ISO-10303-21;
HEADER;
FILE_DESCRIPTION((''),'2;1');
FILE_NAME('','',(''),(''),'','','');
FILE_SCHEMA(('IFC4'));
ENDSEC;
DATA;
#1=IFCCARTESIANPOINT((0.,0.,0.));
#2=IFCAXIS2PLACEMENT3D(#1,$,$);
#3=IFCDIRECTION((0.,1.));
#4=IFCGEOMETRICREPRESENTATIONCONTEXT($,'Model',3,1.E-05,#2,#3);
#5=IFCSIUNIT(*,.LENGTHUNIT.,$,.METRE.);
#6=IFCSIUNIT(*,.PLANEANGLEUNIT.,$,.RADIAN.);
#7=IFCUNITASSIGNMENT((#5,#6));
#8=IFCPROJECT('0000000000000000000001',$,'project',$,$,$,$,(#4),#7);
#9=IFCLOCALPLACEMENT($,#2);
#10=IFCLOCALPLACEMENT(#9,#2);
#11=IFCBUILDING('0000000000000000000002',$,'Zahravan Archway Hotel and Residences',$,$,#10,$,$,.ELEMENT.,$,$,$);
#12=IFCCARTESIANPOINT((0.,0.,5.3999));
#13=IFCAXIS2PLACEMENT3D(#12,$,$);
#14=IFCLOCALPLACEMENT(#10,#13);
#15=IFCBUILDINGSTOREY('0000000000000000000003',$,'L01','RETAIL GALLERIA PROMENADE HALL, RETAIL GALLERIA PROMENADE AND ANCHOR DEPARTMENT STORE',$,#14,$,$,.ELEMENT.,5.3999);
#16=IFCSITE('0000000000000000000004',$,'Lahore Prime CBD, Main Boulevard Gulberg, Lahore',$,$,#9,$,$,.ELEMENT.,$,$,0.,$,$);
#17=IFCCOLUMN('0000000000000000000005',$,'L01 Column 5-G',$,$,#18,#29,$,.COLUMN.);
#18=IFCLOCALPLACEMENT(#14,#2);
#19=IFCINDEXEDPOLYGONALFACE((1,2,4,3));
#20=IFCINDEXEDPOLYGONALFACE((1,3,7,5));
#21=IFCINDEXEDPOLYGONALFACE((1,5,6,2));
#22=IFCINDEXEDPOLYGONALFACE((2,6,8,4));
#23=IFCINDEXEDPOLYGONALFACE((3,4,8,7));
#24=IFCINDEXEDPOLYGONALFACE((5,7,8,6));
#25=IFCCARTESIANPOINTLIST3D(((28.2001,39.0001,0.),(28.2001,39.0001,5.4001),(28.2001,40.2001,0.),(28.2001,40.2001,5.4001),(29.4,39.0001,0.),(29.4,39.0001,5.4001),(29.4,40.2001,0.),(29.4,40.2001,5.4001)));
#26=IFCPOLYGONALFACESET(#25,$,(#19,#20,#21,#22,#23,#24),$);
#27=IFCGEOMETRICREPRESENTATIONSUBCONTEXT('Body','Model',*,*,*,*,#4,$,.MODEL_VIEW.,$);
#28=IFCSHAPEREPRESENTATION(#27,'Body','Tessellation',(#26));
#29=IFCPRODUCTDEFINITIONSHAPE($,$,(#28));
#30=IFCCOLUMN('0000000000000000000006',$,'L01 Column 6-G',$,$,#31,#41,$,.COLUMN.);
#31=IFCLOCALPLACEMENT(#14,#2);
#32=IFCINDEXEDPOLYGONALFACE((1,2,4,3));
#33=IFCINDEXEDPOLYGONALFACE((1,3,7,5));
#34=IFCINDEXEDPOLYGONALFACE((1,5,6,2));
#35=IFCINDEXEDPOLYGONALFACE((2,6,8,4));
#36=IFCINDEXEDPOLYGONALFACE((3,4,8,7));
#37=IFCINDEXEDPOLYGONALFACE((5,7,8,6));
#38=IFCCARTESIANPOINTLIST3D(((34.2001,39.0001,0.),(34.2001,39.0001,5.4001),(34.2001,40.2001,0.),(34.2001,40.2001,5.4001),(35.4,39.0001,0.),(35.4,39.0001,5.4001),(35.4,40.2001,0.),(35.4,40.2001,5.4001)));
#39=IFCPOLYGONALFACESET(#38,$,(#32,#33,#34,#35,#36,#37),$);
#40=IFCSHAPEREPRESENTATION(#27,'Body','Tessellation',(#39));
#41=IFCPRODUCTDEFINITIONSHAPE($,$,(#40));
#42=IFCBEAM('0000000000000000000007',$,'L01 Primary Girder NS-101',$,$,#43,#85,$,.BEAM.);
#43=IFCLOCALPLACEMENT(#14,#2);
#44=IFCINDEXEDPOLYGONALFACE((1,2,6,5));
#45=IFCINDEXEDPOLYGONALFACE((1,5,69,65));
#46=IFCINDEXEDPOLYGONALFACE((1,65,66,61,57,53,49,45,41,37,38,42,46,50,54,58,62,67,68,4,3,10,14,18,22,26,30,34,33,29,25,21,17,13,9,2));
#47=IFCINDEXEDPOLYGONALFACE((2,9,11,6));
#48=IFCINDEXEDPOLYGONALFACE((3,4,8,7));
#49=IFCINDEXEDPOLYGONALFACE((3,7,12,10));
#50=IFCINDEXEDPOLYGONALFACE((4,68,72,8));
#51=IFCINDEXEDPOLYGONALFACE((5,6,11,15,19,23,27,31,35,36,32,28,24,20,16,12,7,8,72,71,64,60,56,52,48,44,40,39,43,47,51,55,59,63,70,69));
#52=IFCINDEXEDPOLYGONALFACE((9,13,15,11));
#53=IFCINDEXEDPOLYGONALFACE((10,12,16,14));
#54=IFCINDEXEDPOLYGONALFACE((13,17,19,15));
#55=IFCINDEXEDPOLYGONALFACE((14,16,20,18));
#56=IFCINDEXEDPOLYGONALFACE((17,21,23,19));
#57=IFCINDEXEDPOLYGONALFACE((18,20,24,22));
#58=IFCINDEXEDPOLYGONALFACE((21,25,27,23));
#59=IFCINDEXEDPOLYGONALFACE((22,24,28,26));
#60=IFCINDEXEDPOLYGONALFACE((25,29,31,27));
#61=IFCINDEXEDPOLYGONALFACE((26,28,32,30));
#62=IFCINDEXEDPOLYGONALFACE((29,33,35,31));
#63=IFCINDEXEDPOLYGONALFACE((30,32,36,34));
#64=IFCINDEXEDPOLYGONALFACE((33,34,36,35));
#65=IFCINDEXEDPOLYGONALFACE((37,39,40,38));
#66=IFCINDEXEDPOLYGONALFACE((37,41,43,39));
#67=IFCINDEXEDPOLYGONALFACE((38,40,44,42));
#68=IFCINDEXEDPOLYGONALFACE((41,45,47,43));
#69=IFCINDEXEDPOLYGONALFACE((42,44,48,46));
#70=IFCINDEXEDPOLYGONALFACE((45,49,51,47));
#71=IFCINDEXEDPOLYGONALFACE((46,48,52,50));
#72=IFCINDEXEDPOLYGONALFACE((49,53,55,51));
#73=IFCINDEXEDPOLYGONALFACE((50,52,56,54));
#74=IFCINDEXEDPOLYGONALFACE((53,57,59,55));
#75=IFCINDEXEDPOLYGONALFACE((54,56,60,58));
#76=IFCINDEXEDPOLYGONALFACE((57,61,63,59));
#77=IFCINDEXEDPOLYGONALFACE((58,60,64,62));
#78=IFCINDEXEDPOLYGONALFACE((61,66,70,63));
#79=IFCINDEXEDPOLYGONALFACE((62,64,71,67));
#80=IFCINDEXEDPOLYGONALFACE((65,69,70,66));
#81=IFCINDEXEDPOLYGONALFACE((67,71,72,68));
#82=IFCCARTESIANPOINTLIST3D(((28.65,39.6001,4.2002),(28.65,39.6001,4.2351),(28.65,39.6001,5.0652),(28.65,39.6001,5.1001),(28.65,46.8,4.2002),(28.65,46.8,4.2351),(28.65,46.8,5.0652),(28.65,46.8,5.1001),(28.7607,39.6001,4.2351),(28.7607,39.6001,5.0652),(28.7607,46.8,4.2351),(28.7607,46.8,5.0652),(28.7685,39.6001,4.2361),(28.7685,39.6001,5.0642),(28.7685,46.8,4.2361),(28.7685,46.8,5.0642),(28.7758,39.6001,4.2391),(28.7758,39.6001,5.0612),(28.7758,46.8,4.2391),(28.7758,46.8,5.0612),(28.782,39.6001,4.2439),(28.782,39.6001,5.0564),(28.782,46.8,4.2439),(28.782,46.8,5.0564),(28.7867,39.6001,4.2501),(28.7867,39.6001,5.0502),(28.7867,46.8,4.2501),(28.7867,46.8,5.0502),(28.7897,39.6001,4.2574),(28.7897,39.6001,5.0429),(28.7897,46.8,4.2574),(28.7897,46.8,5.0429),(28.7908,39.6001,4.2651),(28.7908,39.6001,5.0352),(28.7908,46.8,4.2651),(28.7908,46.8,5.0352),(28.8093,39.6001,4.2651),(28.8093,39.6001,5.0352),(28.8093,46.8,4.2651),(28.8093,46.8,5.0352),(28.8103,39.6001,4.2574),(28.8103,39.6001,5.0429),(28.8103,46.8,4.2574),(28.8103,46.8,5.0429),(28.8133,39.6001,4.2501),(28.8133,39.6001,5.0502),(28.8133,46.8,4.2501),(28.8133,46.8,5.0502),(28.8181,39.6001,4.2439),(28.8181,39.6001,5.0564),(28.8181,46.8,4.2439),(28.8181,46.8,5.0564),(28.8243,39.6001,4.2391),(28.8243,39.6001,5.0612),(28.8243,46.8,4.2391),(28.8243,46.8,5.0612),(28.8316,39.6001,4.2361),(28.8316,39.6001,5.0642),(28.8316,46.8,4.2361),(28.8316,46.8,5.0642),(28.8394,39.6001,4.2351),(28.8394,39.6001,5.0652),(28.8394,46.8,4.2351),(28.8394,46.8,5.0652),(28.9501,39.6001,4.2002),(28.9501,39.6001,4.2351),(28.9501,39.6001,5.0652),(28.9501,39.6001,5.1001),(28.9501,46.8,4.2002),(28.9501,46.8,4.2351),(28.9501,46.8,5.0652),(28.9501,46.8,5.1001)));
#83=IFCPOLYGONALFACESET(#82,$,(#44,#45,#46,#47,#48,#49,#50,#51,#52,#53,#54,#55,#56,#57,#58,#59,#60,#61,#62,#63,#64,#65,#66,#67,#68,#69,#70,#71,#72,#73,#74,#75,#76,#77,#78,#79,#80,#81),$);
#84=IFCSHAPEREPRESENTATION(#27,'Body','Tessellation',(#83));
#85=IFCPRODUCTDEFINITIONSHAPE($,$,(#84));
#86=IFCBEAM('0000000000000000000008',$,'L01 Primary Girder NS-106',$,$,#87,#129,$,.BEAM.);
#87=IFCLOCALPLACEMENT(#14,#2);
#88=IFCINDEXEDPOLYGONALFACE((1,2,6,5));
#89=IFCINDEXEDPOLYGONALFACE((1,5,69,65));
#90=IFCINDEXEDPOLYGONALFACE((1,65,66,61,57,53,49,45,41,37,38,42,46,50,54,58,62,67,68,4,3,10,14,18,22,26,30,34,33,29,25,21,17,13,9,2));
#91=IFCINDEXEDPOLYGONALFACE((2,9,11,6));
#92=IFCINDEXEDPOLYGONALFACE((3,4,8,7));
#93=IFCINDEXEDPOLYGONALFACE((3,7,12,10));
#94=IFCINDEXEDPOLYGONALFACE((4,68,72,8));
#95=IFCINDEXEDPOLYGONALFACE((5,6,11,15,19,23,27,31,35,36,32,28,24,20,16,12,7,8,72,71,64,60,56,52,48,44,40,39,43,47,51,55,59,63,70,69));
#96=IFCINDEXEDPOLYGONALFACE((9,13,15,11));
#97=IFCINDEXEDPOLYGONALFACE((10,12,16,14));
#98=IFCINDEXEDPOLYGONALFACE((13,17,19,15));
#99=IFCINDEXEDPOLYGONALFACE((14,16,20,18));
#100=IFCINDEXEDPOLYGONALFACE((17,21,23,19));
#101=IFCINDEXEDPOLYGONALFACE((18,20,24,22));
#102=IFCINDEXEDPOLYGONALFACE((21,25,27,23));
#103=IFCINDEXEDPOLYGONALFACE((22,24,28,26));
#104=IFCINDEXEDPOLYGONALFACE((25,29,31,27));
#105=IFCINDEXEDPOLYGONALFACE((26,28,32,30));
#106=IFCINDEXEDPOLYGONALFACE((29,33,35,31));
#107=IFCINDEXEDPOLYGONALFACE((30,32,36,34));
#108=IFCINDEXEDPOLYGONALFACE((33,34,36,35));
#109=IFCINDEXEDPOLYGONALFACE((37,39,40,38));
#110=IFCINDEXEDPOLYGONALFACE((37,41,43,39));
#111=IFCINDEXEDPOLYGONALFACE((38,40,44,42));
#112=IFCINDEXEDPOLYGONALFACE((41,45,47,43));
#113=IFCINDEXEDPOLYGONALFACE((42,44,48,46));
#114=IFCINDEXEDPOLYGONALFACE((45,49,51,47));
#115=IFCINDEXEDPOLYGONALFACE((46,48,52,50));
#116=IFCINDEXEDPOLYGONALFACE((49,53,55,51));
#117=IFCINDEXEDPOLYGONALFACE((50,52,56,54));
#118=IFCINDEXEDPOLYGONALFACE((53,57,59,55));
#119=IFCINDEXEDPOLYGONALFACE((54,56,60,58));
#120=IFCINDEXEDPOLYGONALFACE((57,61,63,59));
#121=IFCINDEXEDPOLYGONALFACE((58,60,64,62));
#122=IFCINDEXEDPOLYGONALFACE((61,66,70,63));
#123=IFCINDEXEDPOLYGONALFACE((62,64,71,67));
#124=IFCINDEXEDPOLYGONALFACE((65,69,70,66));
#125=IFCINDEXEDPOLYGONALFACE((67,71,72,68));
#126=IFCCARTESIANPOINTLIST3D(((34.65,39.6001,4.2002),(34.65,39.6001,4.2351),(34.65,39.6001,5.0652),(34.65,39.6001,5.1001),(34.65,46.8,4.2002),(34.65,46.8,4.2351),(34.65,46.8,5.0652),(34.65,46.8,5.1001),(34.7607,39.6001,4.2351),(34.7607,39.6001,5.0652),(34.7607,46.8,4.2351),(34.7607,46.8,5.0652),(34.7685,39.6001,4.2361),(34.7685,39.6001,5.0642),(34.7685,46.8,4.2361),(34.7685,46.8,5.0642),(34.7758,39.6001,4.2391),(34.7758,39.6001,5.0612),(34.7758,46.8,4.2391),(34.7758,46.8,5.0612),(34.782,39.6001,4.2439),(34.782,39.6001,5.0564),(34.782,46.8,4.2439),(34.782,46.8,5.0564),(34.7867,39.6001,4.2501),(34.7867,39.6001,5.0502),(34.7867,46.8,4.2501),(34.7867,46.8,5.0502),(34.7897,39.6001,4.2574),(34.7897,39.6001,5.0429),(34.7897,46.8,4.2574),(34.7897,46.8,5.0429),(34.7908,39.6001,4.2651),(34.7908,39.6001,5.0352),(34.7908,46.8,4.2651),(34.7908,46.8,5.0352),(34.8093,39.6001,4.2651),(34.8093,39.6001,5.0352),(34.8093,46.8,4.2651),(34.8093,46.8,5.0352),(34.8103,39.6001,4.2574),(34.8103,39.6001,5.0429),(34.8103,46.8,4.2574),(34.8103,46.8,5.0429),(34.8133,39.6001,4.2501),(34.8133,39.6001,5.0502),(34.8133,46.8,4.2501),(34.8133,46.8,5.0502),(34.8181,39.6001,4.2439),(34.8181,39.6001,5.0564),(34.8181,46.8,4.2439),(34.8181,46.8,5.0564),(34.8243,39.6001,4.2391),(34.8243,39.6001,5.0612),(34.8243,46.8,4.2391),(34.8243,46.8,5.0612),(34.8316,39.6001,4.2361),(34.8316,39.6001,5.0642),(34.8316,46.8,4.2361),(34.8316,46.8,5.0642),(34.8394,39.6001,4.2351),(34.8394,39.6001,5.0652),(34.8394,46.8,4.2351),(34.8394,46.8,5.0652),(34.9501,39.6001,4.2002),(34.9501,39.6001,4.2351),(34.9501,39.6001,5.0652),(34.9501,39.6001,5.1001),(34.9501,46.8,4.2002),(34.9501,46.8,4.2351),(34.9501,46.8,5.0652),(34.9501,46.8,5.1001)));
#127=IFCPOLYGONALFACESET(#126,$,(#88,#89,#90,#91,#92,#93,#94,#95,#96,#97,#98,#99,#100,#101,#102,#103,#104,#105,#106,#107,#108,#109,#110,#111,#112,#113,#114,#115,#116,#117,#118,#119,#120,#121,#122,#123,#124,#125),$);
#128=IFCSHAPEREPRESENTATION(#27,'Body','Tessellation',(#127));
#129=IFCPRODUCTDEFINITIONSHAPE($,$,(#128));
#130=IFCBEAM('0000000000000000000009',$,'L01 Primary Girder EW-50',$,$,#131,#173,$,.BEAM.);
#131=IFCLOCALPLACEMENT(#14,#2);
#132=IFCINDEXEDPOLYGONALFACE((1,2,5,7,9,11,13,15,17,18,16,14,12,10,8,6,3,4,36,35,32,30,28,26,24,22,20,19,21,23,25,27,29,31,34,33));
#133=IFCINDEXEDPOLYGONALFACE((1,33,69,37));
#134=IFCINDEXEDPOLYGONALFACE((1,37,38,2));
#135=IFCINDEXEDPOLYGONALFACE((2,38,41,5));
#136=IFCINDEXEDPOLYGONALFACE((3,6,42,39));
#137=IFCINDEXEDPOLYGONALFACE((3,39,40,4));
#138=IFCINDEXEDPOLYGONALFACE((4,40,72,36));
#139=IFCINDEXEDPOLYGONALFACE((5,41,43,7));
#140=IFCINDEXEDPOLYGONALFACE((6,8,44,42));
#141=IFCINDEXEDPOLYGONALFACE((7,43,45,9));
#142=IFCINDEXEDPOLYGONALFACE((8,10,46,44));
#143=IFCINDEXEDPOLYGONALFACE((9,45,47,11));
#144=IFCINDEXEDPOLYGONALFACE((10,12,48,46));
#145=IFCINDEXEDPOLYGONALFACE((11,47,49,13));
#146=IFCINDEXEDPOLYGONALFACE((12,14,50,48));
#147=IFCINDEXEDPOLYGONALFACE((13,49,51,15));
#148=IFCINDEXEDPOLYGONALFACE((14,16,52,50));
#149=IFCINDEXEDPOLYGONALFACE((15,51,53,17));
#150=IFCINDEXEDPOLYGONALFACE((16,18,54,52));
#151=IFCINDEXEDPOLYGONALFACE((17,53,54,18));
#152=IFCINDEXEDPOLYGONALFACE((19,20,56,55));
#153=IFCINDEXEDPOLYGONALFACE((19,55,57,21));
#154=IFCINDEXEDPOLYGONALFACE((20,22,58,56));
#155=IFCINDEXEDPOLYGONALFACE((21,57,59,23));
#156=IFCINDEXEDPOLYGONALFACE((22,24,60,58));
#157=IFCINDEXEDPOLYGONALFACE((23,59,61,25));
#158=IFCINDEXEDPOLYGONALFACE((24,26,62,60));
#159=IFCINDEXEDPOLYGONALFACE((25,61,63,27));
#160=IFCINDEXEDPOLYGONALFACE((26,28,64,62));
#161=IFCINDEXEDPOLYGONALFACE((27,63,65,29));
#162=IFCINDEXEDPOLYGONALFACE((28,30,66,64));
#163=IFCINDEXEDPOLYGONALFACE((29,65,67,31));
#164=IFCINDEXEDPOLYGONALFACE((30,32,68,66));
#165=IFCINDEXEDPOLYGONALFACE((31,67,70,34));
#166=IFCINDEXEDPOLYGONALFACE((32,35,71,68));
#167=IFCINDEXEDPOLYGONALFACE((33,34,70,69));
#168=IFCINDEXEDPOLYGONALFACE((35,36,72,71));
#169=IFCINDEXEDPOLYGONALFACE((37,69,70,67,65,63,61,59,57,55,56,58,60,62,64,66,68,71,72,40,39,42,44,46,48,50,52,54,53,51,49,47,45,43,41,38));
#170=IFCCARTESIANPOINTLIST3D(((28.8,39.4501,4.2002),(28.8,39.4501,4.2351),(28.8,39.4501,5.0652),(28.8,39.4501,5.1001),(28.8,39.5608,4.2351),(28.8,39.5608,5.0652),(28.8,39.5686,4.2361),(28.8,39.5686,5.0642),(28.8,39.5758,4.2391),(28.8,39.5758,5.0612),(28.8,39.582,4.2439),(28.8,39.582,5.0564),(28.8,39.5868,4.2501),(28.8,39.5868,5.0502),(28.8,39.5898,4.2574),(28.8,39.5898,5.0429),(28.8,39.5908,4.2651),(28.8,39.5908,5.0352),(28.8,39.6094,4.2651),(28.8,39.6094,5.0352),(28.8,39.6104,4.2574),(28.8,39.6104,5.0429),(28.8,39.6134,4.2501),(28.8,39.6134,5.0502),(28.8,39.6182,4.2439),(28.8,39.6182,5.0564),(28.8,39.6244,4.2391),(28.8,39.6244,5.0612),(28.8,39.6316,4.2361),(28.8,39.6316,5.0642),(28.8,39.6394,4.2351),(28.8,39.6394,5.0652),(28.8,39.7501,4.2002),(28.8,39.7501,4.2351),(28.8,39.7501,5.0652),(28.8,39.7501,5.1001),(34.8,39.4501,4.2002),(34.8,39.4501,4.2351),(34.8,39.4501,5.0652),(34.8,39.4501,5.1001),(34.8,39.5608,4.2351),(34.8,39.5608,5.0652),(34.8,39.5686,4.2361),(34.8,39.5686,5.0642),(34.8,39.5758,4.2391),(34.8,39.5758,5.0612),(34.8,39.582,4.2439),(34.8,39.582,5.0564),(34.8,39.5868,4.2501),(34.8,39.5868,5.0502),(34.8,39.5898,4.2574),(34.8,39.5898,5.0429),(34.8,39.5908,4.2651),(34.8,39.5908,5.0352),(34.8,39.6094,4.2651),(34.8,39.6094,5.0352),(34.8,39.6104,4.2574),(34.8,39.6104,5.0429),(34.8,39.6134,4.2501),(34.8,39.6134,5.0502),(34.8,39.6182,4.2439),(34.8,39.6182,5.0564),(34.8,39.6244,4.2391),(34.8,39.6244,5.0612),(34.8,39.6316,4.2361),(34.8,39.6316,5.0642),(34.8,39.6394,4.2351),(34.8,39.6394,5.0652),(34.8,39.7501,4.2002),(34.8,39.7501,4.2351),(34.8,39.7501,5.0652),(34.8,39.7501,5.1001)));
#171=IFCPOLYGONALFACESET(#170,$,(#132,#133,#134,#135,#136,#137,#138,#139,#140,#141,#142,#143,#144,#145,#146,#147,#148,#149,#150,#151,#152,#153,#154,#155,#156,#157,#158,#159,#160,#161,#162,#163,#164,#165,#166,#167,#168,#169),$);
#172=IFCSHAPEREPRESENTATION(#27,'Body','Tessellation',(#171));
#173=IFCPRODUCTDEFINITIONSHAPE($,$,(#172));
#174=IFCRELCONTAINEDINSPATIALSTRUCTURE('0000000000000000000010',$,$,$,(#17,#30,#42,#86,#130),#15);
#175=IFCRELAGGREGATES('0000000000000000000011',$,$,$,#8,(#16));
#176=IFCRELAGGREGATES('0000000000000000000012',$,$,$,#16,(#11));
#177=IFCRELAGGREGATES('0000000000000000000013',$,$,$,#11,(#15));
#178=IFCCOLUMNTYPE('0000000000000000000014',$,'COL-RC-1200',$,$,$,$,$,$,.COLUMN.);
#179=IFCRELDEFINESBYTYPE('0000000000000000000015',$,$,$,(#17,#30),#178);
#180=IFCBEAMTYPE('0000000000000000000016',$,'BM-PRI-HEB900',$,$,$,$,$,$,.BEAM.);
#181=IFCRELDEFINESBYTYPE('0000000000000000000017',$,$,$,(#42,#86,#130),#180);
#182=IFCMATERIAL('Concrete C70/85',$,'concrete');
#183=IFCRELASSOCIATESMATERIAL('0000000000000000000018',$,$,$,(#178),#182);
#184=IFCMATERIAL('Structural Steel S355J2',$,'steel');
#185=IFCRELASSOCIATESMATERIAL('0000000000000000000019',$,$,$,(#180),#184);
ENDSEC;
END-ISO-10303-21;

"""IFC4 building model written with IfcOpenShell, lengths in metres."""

from ifc_helpers import new_model, si_unit, direction, frame, origin, origin_2d, place, context, subcontext, project, spatial, rectangle, i_section, extrude, source, transform, mapped, material, material_profile, profile_set, type_object, element, save


model = new_model("IFC4")

# Units and contexts
model_context = context("Model", 3, precision=1e-05, world=origin(), true_north=direction((0.0, 1.0)))
body_context = subcontext(model_context, "Body", "Model", "MODEL_VIEW")
ifc_project = project(units=[si_unit("LENGTHUNIT", "METRE"), si_unit("PLANEANGLEUNIT", "RADIAN")], contexts=[model_context])

# Site, building, storey
site_placement = place(None, origin())
site = spatial("IfcSite", under=ifc_project, at=site_placement, Name="Lahore Prime CBD, Main Boulevard Gulberg, Lahore", CompositionType="ELEMENT", RefElevation=0.0)
building_placement = place(site_placement, origin())
building = spatial("IfcBuilding", under=site, at=building_placement, Name="Zahravan Archway Hotel and Residences", CompositionType="ELEMENT")
storey_placement = place(building_placement, frame((0.0, 0.0, 5.3999)))
storey = spatial("IfcBuildingStorey", under=building, at=storey_placement, Name="L01", Description="RETAIL GALLERIA PROMENADE HALL, RETAIL GALLERIA PROMENADE AND ANCHOR DEPARTMENT STORE", CompositionType="ELEMENT", Elevation=5.3999)

# Columns
ifc_material_1 = material(Name="Concrete C70/85", Category="concrete")
ifc_material_profile_1 = material_profile(ifc_material_1, rectangle(XDim=1.2, YDim=1.2, at=origin_2d()), Name="RC-COL-1200x1200", Category="concrete")
ifc_profile_set_1 = profile_set([ifc_material_profile_1], Name="Concrete C70/85")
column_type = type_object("IfcColumnType", Name="COL-RC-1200", PredefinedType="COLUMN", material=ifc_profile_set_1)
shared_shape_1 = source(origin(), body_context, "Body", "SweptSolid", [
    extrude(rectangle(XDim=1.2, YDim=1.2, at=origin_2d()), origin(), (0.0, 0.0, 1.0), 5.4001),
])
for number, where, z_axis, x_axis, name in (
    (1, (28.8, 39.6001, 0.0), (0.0, 0.0, 1.0), (1.0, 0.0, 0.0), "L01 Column 5-G"),
    (2, (34.8, 39.6001, 0.0), (0.0, 0.0, 1.0), (1.0, 0.0, 0.0), "L01 Column 6-G"),
):
    element("IfcColumn", number, at=place(storey_placement, frame(where, z_axis=z_axis, x_axis=x_axis)), inside=storey, type_object=column_type, Name=name, PredefinedType="COLUMN", context=body_context, shape_type="MappedRepresentation", body=[
        mapped(shared_shape_1, transform((0.0, 0.0, 0.0), scale=1.0)),
    ])

# Beams
ifc_material_2 = material(Name="Structural Steel S355J2", Category="steel")
ifc_material_profile_2 = material_profile(ifc_material_2, i_section(OverallWidth=0.3, OverallDepth=0.8999, WebThickness=0.0186, FlangeThickness=0.0349, FilletRadius=0.03, at=origin_2d()), Name="HEB 900", Category="steel")
ifc_profile_set_2 = profile_set([ifc_material_profile_2], Name="Structural Steel S355J2")
beam_type_1 = type_object("IfcBeamType", Name="BM-PRI-HEB900", PredefinedType="BEAM", material=ifc_profile_set_2)
shared_shape_2 = source(origin(), body_context, "Body", "SweptSolid", [
    extrude(i_section(OverallWidth=0.3, OverallDepth=0.8999, WebThickness=0.0186, FlangeThickness=0.0349, FilletRadius=0.03, at=origin_2d()), origin(), (0.0, 0.0, 1.0), 7.2),
])
for number, where, z_axis, x_axis, name in (
    (3, (28.8, 39.6001, 4.6501), (0.0, 1.0, 0.0), (-1.0, 0.0, 0.0), "L01 Primary Girder NS-101"),
    (4, (34.8, 39.6001, 4.6501), (0.0, 1.0, 0.0), (-1.0, 0.0, 0.0), "L01 Primary Girder NS-106"),
):
    element("IfcBeam", number, at=place(storey_placement, frame(where, z_axis=z_axis, x_axis=x_axis)), inside=storey, type_object=beam_type_1, Name=name, PredefinedType="BEAM", context=body_context, shape_type="MappedRepresentation", body=[
        mapped(shared_shape_2, transform((0.0, 0.0, 0.0), scale=1.0)),
    ])
shared_shape_3 = source(origin(), body_context, "Body", "SweptSolid", [
    extrude(i_section(OverallWidth=0.3, OverallDepth=0.8999, WebThickness=0.0186, FlangeThickness=0.0349, FilletRadius=0.03, at=origin_2d()), origin(), (0.0, 0.0, 1.0), 6.0),
])
beam_1_placement = place(storey_placement, frame((28.8, 39.6001, 4.6501), z_axis=(1.0, 0.0, 0.0), x_axis=(0.0, 1.0, 0.0)))
element("IfcBeam", 5, at=beam_1_placement, inside=storey, type_object=beam_type_1, Name="L01 Primary Girder EW-50", PredefinedType="BEAM", context=body_context, shape_type="MappedRepresentation", body=[
    mapped(shared_shape_3, transform((0.0, 0.0, 0.0), scale=1.0)),
])

save(model, "model.ifc")
